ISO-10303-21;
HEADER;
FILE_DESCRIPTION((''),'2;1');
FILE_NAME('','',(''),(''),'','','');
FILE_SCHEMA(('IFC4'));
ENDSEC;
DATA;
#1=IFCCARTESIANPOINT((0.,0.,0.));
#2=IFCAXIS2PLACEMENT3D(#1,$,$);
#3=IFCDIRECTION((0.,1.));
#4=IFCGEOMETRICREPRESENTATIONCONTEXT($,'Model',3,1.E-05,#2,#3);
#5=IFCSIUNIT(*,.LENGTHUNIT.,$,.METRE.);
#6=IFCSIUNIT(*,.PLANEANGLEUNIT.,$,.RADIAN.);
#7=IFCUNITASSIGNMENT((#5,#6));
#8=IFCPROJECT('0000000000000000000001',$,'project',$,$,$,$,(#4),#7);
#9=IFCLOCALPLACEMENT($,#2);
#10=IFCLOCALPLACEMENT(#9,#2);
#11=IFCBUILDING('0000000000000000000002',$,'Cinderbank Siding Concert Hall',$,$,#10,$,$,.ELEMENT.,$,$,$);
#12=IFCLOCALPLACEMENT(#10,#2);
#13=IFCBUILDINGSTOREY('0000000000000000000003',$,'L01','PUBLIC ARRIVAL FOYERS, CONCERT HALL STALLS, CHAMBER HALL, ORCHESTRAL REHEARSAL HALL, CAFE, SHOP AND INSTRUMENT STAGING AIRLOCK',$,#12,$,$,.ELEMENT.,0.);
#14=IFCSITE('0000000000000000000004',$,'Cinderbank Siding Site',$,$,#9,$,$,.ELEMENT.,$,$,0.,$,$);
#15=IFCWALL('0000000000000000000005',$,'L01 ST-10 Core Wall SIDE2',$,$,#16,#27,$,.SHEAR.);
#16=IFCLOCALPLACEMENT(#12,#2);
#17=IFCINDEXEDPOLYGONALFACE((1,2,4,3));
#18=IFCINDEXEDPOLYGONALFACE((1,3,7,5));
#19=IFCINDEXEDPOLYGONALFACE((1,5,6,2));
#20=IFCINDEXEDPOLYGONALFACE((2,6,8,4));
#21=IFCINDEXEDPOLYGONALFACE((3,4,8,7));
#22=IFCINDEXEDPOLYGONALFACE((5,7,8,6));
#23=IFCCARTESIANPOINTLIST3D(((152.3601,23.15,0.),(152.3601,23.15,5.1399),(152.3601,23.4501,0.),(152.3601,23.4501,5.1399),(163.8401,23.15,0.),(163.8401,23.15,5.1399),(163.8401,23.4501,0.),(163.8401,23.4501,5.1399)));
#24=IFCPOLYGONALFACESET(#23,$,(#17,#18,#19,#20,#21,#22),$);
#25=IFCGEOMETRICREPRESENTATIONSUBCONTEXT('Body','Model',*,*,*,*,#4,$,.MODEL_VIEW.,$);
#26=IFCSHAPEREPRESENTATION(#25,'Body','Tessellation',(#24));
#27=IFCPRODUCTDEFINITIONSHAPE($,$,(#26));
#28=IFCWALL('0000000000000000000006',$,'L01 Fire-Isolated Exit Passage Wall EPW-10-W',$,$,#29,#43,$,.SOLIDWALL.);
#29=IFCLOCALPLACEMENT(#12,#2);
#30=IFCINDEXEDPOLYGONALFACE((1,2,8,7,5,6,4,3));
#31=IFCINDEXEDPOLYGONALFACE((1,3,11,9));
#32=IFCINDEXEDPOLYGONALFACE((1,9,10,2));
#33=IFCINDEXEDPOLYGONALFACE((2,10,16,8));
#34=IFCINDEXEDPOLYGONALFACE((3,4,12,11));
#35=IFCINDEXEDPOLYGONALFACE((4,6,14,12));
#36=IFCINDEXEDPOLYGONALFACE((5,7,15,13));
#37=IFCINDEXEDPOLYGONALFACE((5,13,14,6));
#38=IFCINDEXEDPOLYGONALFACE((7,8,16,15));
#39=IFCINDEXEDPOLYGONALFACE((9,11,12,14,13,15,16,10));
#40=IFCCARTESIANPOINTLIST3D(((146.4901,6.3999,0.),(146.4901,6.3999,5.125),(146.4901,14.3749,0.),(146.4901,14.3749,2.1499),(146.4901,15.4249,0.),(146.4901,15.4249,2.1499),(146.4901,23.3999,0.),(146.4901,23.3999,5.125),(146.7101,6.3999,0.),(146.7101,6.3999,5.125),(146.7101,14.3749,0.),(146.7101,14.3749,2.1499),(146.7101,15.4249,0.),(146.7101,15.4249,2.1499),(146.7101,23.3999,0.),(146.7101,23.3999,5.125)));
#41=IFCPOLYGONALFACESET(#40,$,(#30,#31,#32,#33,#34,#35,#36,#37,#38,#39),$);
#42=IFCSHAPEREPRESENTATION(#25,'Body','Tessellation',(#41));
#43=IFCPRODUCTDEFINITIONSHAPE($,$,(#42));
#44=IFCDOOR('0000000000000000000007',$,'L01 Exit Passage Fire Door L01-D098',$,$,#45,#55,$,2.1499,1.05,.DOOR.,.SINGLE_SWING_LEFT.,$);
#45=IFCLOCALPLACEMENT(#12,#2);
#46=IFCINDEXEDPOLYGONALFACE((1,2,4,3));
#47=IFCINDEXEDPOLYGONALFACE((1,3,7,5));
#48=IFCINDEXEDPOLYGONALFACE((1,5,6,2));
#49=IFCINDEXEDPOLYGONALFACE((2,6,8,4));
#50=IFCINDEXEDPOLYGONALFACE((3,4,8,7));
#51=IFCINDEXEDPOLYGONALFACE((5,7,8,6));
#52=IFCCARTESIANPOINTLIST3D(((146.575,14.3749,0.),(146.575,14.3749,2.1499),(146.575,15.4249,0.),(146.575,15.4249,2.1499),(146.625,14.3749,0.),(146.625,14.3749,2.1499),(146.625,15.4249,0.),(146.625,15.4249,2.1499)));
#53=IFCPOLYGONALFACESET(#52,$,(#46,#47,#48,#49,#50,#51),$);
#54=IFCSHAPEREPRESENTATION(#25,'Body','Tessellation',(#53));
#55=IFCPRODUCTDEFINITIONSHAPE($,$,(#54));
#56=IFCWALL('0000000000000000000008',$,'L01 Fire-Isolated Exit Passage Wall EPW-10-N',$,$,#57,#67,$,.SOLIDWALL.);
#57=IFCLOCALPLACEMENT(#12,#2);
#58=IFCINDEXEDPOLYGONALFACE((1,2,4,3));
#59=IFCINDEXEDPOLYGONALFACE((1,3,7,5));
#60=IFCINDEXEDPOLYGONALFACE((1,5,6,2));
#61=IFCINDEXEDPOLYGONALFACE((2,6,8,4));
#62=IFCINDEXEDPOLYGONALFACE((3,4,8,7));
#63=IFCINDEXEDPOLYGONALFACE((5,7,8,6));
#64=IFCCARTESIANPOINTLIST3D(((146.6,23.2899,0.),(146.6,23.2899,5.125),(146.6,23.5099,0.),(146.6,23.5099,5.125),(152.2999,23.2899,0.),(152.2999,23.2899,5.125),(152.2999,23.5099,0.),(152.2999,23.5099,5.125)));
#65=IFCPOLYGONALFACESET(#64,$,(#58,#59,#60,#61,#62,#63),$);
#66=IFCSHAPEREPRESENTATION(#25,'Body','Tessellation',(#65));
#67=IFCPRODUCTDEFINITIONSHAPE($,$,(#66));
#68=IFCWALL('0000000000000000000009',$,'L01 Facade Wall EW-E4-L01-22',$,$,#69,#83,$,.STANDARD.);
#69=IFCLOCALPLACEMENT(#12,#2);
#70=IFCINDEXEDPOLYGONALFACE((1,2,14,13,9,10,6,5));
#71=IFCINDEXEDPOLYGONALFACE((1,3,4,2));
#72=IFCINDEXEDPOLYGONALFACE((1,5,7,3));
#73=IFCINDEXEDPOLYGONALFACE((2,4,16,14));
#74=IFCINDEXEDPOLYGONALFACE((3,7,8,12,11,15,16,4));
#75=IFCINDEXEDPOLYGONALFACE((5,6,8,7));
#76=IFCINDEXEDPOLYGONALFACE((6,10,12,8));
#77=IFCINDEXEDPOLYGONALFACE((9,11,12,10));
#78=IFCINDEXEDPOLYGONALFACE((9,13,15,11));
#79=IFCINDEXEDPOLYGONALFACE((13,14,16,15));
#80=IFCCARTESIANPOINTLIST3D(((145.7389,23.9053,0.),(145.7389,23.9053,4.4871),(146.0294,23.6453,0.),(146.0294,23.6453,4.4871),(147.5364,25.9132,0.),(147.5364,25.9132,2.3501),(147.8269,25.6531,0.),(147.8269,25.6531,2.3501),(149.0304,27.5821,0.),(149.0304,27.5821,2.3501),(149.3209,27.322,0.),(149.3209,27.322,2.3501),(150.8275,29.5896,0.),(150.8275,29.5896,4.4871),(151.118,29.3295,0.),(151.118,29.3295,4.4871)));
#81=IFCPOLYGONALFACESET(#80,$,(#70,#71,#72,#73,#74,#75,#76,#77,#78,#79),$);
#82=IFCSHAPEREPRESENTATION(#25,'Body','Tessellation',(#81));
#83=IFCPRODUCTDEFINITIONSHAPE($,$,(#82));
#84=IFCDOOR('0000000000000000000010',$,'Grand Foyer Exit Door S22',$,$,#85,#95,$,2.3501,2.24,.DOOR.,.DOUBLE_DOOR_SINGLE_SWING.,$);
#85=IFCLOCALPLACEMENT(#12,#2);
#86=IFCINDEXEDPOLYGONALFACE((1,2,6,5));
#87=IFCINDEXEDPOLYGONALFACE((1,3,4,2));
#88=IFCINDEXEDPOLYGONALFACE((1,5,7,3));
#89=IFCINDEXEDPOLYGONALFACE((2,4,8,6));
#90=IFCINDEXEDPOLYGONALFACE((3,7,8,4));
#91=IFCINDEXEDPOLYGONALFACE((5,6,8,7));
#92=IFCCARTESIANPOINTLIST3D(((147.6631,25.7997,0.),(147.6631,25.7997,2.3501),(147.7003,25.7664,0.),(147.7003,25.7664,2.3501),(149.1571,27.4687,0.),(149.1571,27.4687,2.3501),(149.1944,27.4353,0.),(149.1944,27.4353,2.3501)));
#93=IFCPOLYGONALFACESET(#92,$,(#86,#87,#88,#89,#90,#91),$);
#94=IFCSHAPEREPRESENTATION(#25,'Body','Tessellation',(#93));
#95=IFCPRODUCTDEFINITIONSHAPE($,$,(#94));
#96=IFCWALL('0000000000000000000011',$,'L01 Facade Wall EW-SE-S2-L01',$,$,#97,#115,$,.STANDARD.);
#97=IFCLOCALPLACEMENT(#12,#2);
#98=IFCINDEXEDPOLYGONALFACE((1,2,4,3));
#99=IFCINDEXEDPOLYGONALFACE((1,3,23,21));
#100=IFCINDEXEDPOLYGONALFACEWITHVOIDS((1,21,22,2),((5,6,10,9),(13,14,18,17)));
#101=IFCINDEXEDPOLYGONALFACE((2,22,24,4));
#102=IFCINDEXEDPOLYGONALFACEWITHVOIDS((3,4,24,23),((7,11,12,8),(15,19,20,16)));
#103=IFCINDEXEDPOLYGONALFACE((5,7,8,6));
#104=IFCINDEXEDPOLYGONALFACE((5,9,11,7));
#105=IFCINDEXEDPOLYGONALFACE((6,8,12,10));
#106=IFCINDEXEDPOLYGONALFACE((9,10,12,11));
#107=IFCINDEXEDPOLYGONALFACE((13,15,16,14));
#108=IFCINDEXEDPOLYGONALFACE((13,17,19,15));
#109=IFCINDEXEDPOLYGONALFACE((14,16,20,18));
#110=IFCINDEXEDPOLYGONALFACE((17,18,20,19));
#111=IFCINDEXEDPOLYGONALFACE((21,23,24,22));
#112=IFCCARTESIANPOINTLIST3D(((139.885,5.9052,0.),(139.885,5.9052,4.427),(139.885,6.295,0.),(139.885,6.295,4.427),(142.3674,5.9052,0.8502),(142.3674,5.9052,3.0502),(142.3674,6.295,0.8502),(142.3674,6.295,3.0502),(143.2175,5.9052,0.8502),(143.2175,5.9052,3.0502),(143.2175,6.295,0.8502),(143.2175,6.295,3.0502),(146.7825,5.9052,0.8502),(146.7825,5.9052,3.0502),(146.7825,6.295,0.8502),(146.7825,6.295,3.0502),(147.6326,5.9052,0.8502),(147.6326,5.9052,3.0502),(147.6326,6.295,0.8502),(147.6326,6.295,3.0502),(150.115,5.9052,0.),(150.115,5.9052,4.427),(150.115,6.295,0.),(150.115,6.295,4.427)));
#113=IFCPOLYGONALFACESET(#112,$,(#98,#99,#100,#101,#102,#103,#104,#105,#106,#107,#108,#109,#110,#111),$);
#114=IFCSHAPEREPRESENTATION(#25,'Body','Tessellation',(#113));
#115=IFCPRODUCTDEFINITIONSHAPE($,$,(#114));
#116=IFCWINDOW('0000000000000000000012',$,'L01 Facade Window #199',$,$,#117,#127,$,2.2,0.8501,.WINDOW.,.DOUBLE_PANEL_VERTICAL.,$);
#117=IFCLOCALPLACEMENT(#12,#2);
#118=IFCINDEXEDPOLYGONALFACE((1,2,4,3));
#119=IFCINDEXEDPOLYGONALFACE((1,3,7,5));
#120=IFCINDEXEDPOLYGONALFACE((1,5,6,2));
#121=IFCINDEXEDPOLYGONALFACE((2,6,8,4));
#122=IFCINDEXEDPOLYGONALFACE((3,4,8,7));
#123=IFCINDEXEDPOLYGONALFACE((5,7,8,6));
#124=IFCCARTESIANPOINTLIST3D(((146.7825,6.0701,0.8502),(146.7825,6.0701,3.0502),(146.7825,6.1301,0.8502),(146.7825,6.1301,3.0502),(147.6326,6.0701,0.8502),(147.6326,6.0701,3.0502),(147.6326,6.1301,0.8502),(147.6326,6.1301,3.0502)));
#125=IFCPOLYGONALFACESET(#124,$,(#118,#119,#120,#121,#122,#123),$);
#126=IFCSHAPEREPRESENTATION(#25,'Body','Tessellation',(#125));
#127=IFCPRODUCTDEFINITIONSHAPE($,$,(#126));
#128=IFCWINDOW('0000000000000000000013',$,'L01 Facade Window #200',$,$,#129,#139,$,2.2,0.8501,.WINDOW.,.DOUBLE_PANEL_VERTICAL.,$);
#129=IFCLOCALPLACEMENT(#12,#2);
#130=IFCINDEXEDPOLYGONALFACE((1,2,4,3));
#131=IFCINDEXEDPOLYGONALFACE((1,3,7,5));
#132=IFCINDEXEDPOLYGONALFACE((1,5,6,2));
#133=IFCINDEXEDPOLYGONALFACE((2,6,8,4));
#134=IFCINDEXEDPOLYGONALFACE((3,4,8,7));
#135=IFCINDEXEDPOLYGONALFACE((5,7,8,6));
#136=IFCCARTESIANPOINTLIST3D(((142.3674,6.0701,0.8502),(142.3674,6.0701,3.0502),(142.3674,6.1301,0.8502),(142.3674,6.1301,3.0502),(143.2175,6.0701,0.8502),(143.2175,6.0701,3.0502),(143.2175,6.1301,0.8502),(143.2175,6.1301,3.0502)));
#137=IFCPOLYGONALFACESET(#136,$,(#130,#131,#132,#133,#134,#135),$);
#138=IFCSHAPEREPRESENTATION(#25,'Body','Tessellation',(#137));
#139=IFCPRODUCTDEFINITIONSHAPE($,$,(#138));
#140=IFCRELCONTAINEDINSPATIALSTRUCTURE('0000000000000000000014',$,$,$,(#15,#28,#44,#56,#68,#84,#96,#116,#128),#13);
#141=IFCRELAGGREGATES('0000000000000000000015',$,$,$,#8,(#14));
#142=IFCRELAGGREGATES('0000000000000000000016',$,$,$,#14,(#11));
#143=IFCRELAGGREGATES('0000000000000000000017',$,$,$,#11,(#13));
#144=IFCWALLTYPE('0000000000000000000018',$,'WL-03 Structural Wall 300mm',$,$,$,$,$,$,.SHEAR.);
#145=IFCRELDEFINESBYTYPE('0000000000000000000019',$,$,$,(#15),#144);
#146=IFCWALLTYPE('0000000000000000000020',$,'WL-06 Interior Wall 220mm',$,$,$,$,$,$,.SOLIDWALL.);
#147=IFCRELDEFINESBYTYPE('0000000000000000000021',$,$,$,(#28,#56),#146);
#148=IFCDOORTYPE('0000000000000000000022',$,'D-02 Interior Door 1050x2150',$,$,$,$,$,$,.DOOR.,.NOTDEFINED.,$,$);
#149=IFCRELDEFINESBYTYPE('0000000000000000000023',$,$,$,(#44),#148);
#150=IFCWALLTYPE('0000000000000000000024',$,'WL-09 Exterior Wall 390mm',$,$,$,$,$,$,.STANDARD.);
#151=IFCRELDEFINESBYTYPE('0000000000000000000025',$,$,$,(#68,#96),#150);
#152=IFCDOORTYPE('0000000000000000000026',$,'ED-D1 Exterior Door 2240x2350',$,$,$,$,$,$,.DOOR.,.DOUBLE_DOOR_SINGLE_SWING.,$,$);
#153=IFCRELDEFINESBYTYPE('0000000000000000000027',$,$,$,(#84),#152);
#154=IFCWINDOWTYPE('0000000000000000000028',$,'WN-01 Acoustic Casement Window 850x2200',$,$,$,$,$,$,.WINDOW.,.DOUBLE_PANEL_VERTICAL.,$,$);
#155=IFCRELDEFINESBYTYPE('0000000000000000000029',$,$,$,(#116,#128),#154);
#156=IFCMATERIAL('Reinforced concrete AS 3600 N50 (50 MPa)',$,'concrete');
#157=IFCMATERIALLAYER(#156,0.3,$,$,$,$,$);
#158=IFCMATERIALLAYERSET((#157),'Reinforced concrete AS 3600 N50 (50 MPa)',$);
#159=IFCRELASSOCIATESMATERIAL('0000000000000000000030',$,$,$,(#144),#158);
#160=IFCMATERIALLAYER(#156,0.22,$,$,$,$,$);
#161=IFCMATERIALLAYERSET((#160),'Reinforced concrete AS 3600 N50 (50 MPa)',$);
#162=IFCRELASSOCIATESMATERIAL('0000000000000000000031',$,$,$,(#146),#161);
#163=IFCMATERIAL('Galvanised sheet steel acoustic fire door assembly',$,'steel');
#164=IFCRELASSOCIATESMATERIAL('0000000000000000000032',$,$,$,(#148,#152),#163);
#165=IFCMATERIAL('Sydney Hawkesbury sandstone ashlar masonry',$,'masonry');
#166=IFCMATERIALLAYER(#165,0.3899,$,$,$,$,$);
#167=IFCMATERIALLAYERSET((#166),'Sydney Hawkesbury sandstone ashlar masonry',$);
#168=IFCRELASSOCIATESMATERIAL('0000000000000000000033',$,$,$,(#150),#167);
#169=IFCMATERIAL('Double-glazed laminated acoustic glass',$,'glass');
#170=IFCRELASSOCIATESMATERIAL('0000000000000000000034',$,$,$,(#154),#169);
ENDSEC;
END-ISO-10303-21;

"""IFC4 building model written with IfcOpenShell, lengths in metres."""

from ifc_helpers import new_model, si_unit, direction, frame, frame_2d, origin, place, context, subcontext, project, spatial, rectangle, extrude, material, layer, layer_set, type_object, element, fill, save


model = new_model("IFC4")

# Units and contexts
model_context = context("Model", 3, precision=1e-05, world=origin(), true_north=direction((0.0, 1.0)))
body_context = subcontext(model_context, "Body", "Model", "MODEL_VIEW")
ifc_project = project(units=[si_unit("LENGTHUNIT", "METRE"), si_unit("PLANEANGLEUNIT", "RADIAN")], contexts=[model_context])

# Site, building, storey
site_placement = place(None, origin())
site = spatial("IfcSite", under=ifc_project, at=site_placement, Name="Cinderbank Siding Site", CompositionType="ELEMENT", RefElevation=0.0)
building_placement = place(site_placement, origin())
building = spatial("IfcBuilding", under=site, at=building_placement, Name="Cinderbank Siding Concert Hall", CompositionType="ELEMENT")
storey_placement = place(building_placement, origin())
storey = spatial("IfcBuildingStorey", under=building, at=storey_placement, Name="L01", Description="PUBLIC ARRIVAL FOYERS, CONCERT HALL STALLS, CHAMBER HALL, ORCHESTRAL REHEARSAL HALL, CAFE, SHOP AND INSTRUMENT STAGING AIRLOCK", CompositionType="ELEMENT", Elevation=0.0)

# Shared definitions
ifc_material_1 = material(Name="Reinforced concrete AS 3600 N50 (50 MPa)", Category="concrete")

# Shared definitions
ifc_layer_1 = layer(ifc_material_1, 0.3)
ifc_layer_set_1 = layer_set([ifc_layer_1], Name="Reinforced concrete AS 3600 N50 (50 MPa)")
wall_type_1 = type_object("IfcWallType", Name="WL-03 Structural Wall 300mm", PredefinedType="SHEAR", material=ifc_layer_set_1)
ifc_material_2 = material(Name="Galvanised sheet steel acoustic fire door assembly", Category="steel")

# Wall
wall_1_placement = place(storey_placement, frame((152.3601, 23.3, 0.0), z_axis=(0.0, 0.0, 1.0), x_axis=(1.0, 0.0, 0.0)))
element("IfcWall", 1, at=wall_1_placement, inside=storey, type_object=wall_type_1, Name="L01 ST-10 Core Wall SIDE2", PredefinedType="SHEAR", context=body_context, shape_type="SweptSolid", body=[
    extrude(rectangle(XDim=11.48, YDim=0.3, at=frame_2d((5.74, 0.0))), origin(), (0.0, 0.0, 1.0), 5.1399),
])

# Wall, opening, door
ifc_layer_2 = layer(ifc_material_1, 0.22)
ifc_layer_set_2 = layer_set([ifc_layer_2], Name="Reinforced concrete AS 3600 N50 (50 MPa)")
wall_type_2 = type_object("IfcWallType", Name="WL-06 Interior Wall 220mm", PredefinedType="SOLIDWALL", material=ifc_layer_set_2)
wall_2_placement = place(storey_placement, frame((146.6001, 23.3999, 0.0), z_axis=(0.0, 0.0, 1.0), x_axis=(0.0, -1.0, 0.0)))
wall_2 = element("IfcWall", 2, at=wall_2_placement, inside=storey, type_object=wall_type_2, Name="L01 Fire-Isolated Exit Passage Wall EPW-10-W", PredefinedType="SOLIDWALL", context=body_context, shape_type="SweptSolid", body=[
    extrude(rectangle(XDim=17.0, YDim=0.22, at=frame_2d((8.5, 0.0))), origin(), (0.0, 0.0, 1.0), 5.125),
])
opening_1_placement = place(wall_2_placement, frame((7.9751, 0.0, 0.0)))
opening_1 = element("IfcOpeningElement", 3, at=opening_1_placement, cuts=wall_2, PredefinedType="OPENING", context=body_context, shape_type="SweptSolid", body=[
    extrude(rectangle(XDim=1.05, YDim=2.1499, at=frame_2d((0.5249, 1.075))), frame((0.0, 0.1221, 0.0), z_axis=(0.0, -1.0, 0.0), x_axis=(1.0, 0.0, 0.0)), (0.0, 0.0, 1.0), 0.2439),
])
door_type_1 = type_object("IfcDoorType", Name="D-02 Interior Door 1050x2150", OperationType="NOTDEFINED", PredefinedType="DOOR", material=ifc_material_2)
door_1_placement = place(opening_1_placement, origin())
door_1 = element("IfcDoor", 4, at=door_1_placement, inside=storey, type_object=door_type_1, Name="L01 Exit Passage Fire Door L01-D098", OperationType="SINGLE_SWING_LEFT", OverallHeight=2.1499, OverallWidth=1.05, PredefinedType="DOOR", context=body_context, shape_type="SweptSolid", body=[
    extrude(rectangle(XDim=1.05, YDim=2.1499, at=frame_2d((0.5249, 1.075))), frame((0.0, 0.0249, 0.0), z_axis=(0.0, -1.0, 0.0), x_axis=(1.0, 0.0, 0.0)), (0.0, 0.0, 1.0), 0.05),
])
fill(opening_1, door_1)

# Wall
wall_3_placement = place(storey_placement, frame((152.3, 23.3999, 0.0), z_axis=(0.0, 0.0, 1.0), x_axis=(-1.0, 0.0, 0.0)))
element("IfcWall", 5, at=wall_3_placement, inside=storey, type_object=wall_type_2, Name="L01 Fire-Isolated Exit Passage Wall EPW-10-N", PredefinedType="SOLIDWALL", context=body_context, shape_type="SweptSolid", body=[
    extrude(rectangle(XDim=5.7, YDim=0.22, at=frame_2d((2.8501, 0.0))), origin(), (0.0, 0.0, 1.0), 5.125),
])

# Wall, opening, door
ifc_material_3 = material(Name="Sydney Hawkesbury sandstone ashlar masonry", Category="masonry")
ifc_layer_3 = layer(ifc_material_3, 0.3899)
ifc_layer_set_3 = layer_set([ifc_layer_3], Name="Sydney Hawkesbury sandstone ashlar masonry")
wall_type_3 = type_object("IfcWallType", Name="WL-09 Exterior Wall 390mm", PredefinedType="STANDARD", material=ifc_layer_set_3)
wall_4_placement = place(storey_placement, frame((145.8843, 23.7754, 0.0), z_axis=(0.0, 0.0, 1.0), x_axis=(0.666988, 0.745069, 0.0)))
wall_4 = element("IfcWall", 6, at=wall_4_placement, inside=storey, type_object=wall_type_3, Name="L01 Facade Wall EW-E4-L01-22", PredefinedType="STANDARD", context=body_context, shape_type="SweptSolid", body=[
    extrude(rectangle(XDim=7.6292, YDim=0.3899, at=frame_2d((3.8145, 0.0))), origin(), (0.0, 0.0, 1.0), 4.4871),
])
opening_2_placement = place(wall_4_placement, frame((2.6946, 0.0, 0.0)))
opening_2 = element("IfcOpeningElement", 7, at=opening_2_placement, cuts=wall_4, PredefinedType="OPENING", context=body_context, shape_type="SweptSolid", body=[
    extrude(rectangle(XDim=2.24, YDim=2.3501, at=frame_2d((1.1201, 1.175))), frame((0.0, 0.207, 0.0), z_axis=(0.0, -1.0, 0.0), x_axis=(1.0, 0.0, 0.0)), (0.0, 0.0, 1.0), 0.4138),
])
door_type_2 = type_object("IfcDoorType", Name="ED-D1 Exterior Door 2240x2350", OperationType="DOUBLE_DOOR_SINGLE_SWING", PredefinedType="DOOR", material=ifc_material_2)
door_2_placement = place(opening_2_placement, origin())
door_2 = element("IfcDoor", 8, at=door_2_placement, inside=storey, type_object=door_type_2, Name="Grand Foyer Exit Door S22", OperationType="DOUBLE_DOOR_SINGLE_SWING", OverallHeight=2.3501, OverallWidth=2.24, PredefinedType="DOOR", context=body_context, shape_type="SweptSolid", body=[
    extrude(rectangle(XDim=2.24, YDim=2.3501, at=frame_2d((1.1201, 1.175))), frame((0.0, 0.0249, 0.0), z_axis=(0.0, -1.0, 0.0), x_axis=(1.0, 0.0, 0.0)), (0.0, 0.0, 1.0), 0.05),
])
fill(opening_2, door_2)

# Wall, openings, windows
wall_5_placement = place(storey_placement, frame((150.115, 6.1001, 0.0), z_axis=(0.0, 0.0, 1.0), x_axis=(-1.0, 0.0, 0.0)))
wall_5 = element("IfcWall", 9, at=wall_5_placement, inside=storey, type_object=wall_type_3, Name="L01 Facade Wall EW-SE-S2-L01", PredefinedType="STANDARD", context=body_context, shape_type="SweptSolid", body=[
    extrude(rectangle(XDim=10.23, YDim=0.3899, at=frame_2d((5.115, 0.0))), origin(), (0.0, 0.0, 1.0), 4.427),
])
opening_3_placement = place(wall_5_placement, frame((2.4824, 0.0, 0.8501)))
opening_3 = element("IfcOpeningElement", 10, at=opening_3_placement, cuts=wall_5, PredefinedType="OPENING", context=body_context, shape_type="SweptSolid", body=[
    extrude(rectangle(XDim=0.8501, YDim=2.2, at=frame_2d((0.425, 1.1001))), frame((0.0, 0.207, 0.0), z_axis=(0.0, -1.0, 0.0), x_axis=(1.0, 0.0, 0.0)), (0.0, 0.0, 1.0), 0.4138),
])
opening_4_placement = place(wall_5_placement, frame((6.8975, 0.0, 0.8501)))
opening_4 = element("IfcOpeningElement", 11, at=opening_4_placement, cuts=wall_5, PredefinedType="OPENING", context=body_context, shape_type="SweptSolid", body=[
    extrude(rectangle(XDim=0.8501, YDim=2.2, at=frame_2d((0.425, 1.1001))), frame((0.0, 0.207, 0.0), z_axis=(0.0, -1.0, 0.0), x_axis=(1.0, 0.0, 0.0)), (0.0, 0.0, 1.0), 0.4138),
])
ifc_material_4 = material(Name="Double-glazed laminated acoustic glass", Category="glass")
window_type = type_object("IfcWindowType", Name="WN-01 Acoustic Casement Window 850x2200", PartitioningType="DOUBLE_PANEL_VERTICAL", PredefinedType="WINDOW", material=ifc_material_4)
window_1_placement = place(opening_3_placement, origin())
window_1 = element("IfcWindow", 12, at=window_1_placement, inside=storey, type_object=window_type, Name="L01 Facade Window #199", OverallHeight=2.2, OverallWidth=0.8501, PartitioningType="DOUBLE_PANEL_VERTICAL", PredefinedType="WINDOW", context=body_context, shape_type="SweptSolid", body=[
    extrude(rectangle(XDim=0.8501, YDim=2.2, at=frame_2d((0.425, 1.1001))), frame((0.0, 0.03, 0.0), z_axis=(0.0, -1.0, 0.0), x_axis=(1.0, 0.0, 0.0)), (0.0, 0.0, 1.0), 0.0601),
])
fill(opening_3, window_1)
window_2_placement = place(opening_4_placement, origin())
window_2 = element("IfcWindow", 13, at=window_2_placement, inside=storey, type_object=window_type, Name="L01 Facade Window #200", OverallHeight=2.2, OverallWidth=0.8501, PartitioningType="DOUBLE_PANEL_VERTICAL", PredefinedType="WINDOW", context=body_context, shape_type="SweptSolid", body=[
    extrude(rectangle(XDim=0.8501, YDim=2.2, at=frame_2d((0.425, 1.1001))), frame((0.0, 0.03, 0.0), z_axis=(0.0, -1.0, 0.0), x_axis=(1.0, 0.0, 0.0)), (0.0, 0.0, 1.0), 0.0601),
])
fill(opening_4, window_2)

save(model, "model.ifc")
